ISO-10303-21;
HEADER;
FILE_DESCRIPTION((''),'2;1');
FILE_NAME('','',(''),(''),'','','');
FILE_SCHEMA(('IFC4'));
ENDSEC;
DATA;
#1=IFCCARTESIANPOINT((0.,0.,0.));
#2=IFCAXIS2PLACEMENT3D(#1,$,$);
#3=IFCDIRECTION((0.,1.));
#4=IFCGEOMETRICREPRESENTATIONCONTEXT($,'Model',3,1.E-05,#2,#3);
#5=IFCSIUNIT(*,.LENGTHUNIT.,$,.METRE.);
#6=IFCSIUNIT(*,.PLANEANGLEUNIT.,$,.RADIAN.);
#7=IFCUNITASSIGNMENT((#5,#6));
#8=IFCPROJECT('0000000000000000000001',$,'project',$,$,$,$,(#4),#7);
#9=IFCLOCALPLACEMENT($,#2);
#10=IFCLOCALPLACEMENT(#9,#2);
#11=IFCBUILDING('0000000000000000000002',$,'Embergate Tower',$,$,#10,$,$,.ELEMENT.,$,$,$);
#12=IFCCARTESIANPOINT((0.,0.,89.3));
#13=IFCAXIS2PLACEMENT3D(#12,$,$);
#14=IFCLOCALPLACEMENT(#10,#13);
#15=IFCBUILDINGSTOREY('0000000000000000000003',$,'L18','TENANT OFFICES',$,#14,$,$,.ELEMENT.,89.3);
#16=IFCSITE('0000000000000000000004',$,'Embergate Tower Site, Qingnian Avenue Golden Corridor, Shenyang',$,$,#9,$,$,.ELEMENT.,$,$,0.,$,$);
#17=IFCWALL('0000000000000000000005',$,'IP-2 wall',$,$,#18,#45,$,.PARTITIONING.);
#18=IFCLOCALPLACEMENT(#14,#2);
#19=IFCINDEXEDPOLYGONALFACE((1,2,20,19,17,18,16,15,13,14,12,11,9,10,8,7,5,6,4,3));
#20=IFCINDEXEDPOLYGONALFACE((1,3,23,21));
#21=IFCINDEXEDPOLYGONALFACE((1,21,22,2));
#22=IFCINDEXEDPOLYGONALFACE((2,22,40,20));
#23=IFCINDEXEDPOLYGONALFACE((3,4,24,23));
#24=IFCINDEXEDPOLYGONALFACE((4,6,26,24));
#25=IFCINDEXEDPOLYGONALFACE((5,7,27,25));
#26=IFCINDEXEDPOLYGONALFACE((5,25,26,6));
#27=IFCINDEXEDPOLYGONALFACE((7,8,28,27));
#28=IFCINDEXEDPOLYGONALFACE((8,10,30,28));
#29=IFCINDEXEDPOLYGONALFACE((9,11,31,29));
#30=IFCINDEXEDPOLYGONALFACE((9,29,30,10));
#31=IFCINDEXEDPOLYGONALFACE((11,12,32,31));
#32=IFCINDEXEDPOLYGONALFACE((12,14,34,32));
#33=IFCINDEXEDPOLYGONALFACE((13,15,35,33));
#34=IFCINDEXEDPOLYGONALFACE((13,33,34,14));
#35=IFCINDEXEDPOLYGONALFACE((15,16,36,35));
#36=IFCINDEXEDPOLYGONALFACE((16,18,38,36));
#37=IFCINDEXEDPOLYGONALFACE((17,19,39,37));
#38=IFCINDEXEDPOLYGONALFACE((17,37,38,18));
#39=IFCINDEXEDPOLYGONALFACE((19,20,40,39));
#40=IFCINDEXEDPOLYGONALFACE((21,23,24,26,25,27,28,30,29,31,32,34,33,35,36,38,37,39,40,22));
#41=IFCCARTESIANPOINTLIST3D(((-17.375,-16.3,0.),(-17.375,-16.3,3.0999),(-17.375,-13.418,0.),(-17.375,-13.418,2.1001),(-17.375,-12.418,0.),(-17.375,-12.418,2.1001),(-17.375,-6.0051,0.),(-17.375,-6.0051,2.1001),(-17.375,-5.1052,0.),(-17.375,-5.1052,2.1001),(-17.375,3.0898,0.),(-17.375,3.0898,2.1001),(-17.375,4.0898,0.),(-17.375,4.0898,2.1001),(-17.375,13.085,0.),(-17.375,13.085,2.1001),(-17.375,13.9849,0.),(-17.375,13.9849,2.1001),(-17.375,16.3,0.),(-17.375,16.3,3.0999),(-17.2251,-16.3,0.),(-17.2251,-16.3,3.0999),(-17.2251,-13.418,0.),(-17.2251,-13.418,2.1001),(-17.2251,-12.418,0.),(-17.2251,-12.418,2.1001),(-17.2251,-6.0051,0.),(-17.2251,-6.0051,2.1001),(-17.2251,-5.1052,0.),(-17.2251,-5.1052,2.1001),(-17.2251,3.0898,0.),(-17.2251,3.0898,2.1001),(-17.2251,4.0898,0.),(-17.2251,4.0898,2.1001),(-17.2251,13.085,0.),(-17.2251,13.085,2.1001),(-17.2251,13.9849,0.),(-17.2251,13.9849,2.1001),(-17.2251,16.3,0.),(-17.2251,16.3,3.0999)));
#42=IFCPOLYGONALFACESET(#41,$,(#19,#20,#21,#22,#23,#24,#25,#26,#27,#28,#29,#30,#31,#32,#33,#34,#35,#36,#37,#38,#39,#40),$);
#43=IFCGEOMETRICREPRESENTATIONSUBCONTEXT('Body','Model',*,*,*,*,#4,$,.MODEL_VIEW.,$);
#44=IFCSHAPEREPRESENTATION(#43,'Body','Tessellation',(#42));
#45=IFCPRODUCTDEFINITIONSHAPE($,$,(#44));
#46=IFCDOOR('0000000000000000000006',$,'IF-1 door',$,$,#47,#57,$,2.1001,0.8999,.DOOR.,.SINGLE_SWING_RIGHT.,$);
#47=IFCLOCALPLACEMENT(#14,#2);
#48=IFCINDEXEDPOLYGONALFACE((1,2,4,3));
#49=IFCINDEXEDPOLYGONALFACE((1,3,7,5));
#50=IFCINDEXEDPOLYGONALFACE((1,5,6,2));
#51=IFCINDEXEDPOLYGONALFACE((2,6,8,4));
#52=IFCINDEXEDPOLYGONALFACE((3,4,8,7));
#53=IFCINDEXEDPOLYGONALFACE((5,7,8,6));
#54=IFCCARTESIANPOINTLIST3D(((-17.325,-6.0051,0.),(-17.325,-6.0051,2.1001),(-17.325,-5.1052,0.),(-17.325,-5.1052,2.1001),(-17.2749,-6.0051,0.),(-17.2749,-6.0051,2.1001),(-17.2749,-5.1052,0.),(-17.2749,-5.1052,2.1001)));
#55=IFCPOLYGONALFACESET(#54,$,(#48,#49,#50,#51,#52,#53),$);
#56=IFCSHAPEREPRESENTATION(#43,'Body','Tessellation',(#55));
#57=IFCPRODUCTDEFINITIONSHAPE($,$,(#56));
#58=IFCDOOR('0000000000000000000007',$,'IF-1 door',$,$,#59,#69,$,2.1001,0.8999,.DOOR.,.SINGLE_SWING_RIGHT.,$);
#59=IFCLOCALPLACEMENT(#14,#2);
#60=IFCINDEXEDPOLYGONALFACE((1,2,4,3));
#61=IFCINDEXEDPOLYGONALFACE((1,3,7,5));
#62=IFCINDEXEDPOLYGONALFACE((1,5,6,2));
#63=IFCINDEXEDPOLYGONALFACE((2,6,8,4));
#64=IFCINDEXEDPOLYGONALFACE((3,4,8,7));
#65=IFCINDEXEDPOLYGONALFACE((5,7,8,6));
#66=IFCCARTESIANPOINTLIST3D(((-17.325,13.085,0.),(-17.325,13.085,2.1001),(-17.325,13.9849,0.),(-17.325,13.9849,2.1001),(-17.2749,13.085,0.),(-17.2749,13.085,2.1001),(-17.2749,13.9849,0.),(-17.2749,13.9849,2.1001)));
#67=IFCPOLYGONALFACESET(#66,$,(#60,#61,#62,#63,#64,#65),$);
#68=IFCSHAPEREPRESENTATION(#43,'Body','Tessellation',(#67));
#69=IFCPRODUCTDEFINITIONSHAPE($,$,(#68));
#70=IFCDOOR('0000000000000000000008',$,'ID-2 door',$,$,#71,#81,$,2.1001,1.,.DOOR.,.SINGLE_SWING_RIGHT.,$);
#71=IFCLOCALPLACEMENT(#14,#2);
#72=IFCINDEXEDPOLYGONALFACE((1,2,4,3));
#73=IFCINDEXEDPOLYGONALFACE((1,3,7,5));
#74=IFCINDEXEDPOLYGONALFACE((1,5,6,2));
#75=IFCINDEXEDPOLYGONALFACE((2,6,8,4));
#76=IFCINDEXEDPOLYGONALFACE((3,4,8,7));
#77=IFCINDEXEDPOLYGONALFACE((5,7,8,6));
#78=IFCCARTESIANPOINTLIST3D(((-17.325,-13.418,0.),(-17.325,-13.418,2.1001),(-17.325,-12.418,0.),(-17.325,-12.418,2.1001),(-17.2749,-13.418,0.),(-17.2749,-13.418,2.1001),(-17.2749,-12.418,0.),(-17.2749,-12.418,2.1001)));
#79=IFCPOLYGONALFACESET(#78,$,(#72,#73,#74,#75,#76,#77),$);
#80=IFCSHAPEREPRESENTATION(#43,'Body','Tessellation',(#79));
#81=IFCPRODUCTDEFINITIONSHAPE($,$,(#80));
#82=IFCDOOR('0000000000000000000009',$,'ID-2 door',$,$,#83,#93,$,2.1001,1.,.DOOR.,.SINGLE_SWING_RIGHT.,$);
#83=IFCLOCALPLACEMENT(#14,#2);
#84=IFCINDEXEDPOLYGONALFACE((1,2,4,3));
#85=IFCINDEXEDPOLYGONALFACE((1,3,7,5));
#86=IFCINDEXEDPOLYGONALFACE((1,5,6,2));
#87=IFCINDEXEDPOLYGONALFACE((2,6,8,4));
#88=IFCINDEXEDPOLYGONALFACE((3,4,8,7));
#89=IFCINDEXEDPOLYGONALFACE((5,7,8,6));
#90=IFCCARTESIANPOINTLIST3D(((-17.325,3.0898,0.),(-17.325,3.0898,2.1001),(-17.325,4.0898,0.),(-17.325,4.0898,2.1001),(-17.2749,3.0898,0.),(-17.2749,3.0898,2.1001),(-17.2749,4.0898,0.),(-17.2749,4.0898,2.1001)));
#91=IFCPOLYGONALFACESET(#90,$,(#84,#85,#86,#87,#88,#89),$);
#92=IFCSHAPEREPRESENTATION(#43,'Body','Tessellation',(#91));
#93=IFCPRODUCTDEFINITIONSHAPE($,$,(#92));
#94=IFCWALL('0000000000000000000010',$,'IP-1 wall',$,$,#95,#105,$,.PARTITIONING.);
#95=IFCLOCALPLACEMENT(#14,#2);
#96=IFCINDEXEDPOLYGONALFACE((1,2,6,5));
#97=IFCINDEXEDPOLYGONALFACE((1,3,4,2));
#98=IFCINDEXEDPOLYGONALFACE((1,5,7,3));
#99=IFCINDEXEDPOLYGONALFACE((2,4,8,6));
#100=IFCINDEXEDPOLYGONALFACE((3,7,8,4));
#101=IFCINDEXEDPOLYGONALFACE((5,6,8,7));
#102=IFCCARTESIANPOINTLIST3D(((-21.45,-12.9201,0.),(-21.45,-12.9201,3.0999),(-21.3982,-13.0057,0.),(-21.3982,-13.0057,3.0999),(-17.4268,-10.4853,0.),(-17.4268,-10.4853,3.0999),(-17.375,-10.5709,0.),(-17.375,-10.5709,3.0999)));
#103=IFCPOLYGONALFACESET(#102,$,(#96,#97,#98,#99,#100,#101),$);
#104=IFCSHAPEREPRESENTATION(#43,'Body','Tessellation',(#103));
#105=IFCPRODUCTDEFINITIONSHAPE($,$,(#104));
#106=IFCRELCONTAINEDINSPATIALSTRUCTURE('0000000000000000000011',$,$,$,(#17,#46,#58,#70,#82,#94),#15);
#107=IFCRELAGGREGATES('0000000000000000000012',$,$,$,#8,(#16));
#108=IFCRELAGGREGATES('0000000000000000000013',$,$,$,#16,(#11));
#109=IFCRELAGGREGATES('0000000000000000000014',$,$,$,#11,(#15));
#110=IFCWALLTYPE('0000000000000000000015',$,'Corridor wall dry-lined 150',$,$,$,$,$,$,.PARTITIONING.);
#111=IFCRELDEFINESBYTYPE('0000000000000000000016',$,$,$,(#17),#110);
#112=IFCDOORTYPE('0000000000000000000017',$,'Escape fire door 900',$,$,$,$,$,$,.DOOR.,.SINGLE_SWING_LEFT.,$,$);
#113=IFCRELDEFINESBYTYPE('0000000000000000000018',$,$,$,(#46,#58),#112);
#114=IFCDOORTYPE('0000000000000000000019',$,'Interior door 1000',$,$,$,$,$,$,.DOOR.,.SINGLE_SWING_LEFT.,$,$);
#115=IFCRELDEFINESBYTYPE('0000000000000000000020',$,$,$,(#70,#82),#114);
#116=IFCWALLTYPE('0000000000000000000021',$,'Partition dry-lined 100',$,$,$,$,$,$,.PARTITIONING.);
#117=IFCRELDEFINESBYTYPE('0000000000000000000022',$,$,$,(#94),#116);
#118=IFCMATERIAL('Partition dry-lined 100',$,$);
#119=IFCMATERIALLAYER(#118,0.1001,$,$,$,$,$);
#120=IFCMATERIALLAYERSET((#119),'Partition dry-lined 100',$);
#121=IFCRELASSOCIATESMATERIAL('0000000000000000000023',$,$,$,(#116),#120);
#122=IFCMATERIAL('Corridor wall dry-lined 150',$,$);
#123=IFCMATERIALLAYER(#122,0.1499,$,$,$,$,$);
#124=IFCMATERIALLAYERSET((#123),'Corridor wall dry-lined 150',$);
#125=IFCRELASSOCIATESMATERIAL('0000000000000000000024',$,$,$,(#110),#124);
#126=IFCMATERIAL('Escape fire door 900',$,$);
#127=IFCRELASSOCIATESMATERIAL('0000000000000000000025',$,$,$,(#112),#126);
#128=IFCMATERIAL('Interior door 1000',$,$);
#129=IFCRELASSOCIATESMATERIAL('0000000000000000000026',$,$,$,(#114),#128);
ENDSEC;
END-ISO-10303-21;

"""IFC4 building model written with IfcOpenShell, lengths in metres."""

from ifc_helpers import new_model, si_unit, direction, frame, frame_2d, origin, place, context, subcontext, project, spatial, rectangle, extrude, source, transform, mapped, material, layer, layer_set, type_object, element, fill, save


model = new_model("IFC4")

# Units and contexts
model_context = context("Model", 3, precision=1e-05, world=origin(), true_north=direction((0.0, 1.0)))
body_context = subcontext(model_context, "Body", "Model", "MODEL_VIEW")
ifc_project = project(units=[si_unit("LENGTHUNIT", "METRE"), si_unit("PLANEANGLEUNIT", "RADIAN")], contexts=[model_context])

# Site, building, storey
site_placement = place(None, origin())
site = spatial("IfcSite", under=ifc_project, at=site_placement, Name="Embergate Tower Site, Qingnian Avenue Golden Corridor, Shenyang", CompositionType="ELEMENT", RefElevation=0.0)
building_placement = place(site_placement, origin())
building = spatial("IfcBuilding", under=site, at=building_placement, Name="Embergate Tower", CompositionType="ELEMENT")
storey_placement = place(building_placement, frame((0.0, 0.0, 89.3)))
storey = spatial("IfcBuildingStorey", under=building, at=storey_placement, Name="L18", Description="TENANT OFFICES", CompositionType="ELEMENT", Elevation=89.3)

# Shared definitions
ifc_material_1 = material(Name="Partition dry-lined 100")
ifc_layer_1 = layer(ifc_material_1, 0.1001)
ifc_layer_set_1 = layer_set([ifc_layer_1], Name="Partition dry-lined 100")
wall_type_1 = type_object("IfcWallType", Name="Partition dry-lined 100", PredefinedType="PARTITIONING", material=ifc_layer_set_1)

# Wall, openings, doors
ifc_material_2 = material(Name="Corridor wall dry-lined 150")
ifc_layer_2 = layer(ifc_material_2, 0.1499)
ifc_layer_set_2 = layer_set([ifc_layer_2], Name="Corridor wall dry-lined 150")
wall_type_2 = type_object("IfcWallType", Name="Corridor wall dry-lined 150", PredefinedType="PARTITIONING", material=ifc_layer_set_2)
shared_shape_1 = source(origin(), body_context, "Body", "SweptSolid", [
    extrude(rectangle(XDim=32.6001, YDim=0.1499, at=frame_2d((16.3, 0.0))), origin(), (0.0, 0.0, 1.0), 3.0999),
])
wall_1_placement = place(storey_placement, frame((-17.3, -16.3, 0.0), z_axis=(0.0, 0.0, 1.0), x_axis=(0.0, 1.0, 0.0)))
wall_1 = element("IfcWall", 1, at=wall_1_placement, inside=storey, type_object=wall_type_2, Name="IP-2 wall", PredefinedType="PARTITIONING", context=body_context, shape_type="MappedRepresentation", body=[
    mapped(shared_shape_1, transform((0.0, 0.0, 0.0))),
])
shared_shape_2 = source(origin(), body_context, "Body", "SweptSolid", [
    extrude(rectangle(XDim=0.8999, YDim=2.1001, at=frame_2d((0.45, 1.05))), frame((0.0, 0.085, 0.0), z_axis=(0.0, -1.0, 0.0), x_axis=(1.0, 0.0, 0.0)), (0.0, 0.0, 1.0), 0.1699),
])
opening_1_placement = place(wall_1_placement, frame((10.2949, 0.0, 0.0)))
opening_1 = element("IfcOpeningElement", 2, at=opening_1_placement, cuts=wall_1, PredefinedType="OPENING", context=body_context, shape_type="MappedRepresentation", body=[
    mapped(shared_shape_2, transform((0.0, 0.0, 0.0))),
])
shared_shape_3 = source(origin(), body_context, "Body", "SweptSolid", [
    extrude(rectangle(XDim=1.0, YDim=2.1001, at=frame_2d((0.5, 1.05))), frame((0.0, 0.085, 0.0), z_axis=(0.0, -1.0, 0.0), x_axis=(1.0, 0.0, 0.0)), (0.0, 0.0, 1.0), 0.1699),
])
opening_2_placement = place(wall_1_placement, frame((2.8821, 0.0, 0.0)))
opening_2 = element("IfcOpeningElement", 3, at=opening_2_placement, cuts=wall_1, PredefinedType="OPENING", context=body_context, shape_type="MappedRepresentation", body=[
    mapped(shared_shape_3, transform((0.0, 0.0, 0.0))),
])
opening_3_placement = place(wall_1_placement, frame((29.385, 0.0, 0.0)))
opening_3 = element("IfcOpeningElement", 4, at=opening_3_placement, cuts=wall_1, PredefinedType="OPENING", context=body_context, shape_type="MappedRepresentation", body=[
    mapped(shared_shape_2, transform((0.0, 0.0, 0.0))),
])
opening_4_placement = place(wall_1_placement, frame((19.3899, 0.0, 0.0)))
opening_4 = element("IfcOpeningElement", 5, at=opening_4_placement, cuts=wall_1, PredefinedType="OPENING", context=body_context, shape_type="MappedRepresentation", body=[
    mapped(shared_shape_3, transform((0.0, 0.0, 0.0))),
])
ifc_material_3 = material(Name="Escape fire door 900")
door_type_1 = type_object("IfcDoorType", Name="Escape fire door 900", OperationType="SINGLE_SWING_LEFT", PredefinedType="DOOR", material=ifc_material_3)
shared_shape_4 = source(origin(), body_context, "Body", "SweptSolid", [
    extrude(rectangle(XDim=0.8999, YDim=2.1001, at=frame_2d((0.45, 1.05))), frame((0.0, 0.0249, 0.0), z_axis=(0.0, -1.0, 0.0), x_axis=(1.0, 0.0, 0.0)), (0.0, 0.0, 1.0), 0.05),
])
door_1_placement = place(opening_1_placement, origin())
door_1 = element("IfcDoor", 6, at=door_1_placement, inside=storey, type_object=door_type_1, Name="IF-1 door", OperationType="SINGLE_SWING_RIGHT", OverallHeight=2.1001, OverallWidth=0.8999, PredefinedType="DOOR", context=body_context, shape_type="MappedRepresentation", body=[
    mapped(shared_shape_4, transform((0.0, 0.0, 0.0))),
])
fill(opening_1, door_1)
door_2_placement = place(opening_3_placement, origin())
door_2 = element("IfcDoor", 7, at=door_2_placement, inside=storey, type_object=door_type_1, Name="IF-1 door", OperationType="SINGLE_SWING_RIGHT", OverallHeight=2.1001, OverallWidth=0.8999, PredefinedType="DOOR", context=body_context, shape_type="MappedRepresentation", body=[
    mapped(shared_shape_4, transform((0.0, 0.0, 0.0))),
])
fill(opening_3, door_2)
ifc_material_4 = material(Name="Interior door 1000")
door_type_2 = type_object("IfcDoorType", Name="Interior door 1000", OperationType="SINGLE_SWING_LEFT", PredefinedType="DOOR", material=ifc_material_4)
shared_shape_5 = source(origin(), body_context, "Body", "SweptSolid", [
    extrude(rectangle(XDim=1.0, YDim=2.1001, at=frame_2d((0.5, 1.05))), frame((0.0, 0.0249, 0.0), z_axis=(0.0, -1.0, 0.0), x_axis=(1.0, 0.0, 0.0)), (0.0, 0.0, 1.0), 0.05),
])
door_3_placement = place(opening_2_placement, origin())
door_3 = element("IfcDoor", 8, at=door_3_placement, inside=storey, type_object=door_type_2, Name="ID-2 door", OperationType="SINGLE_SWING_RIGHT", OverallHeight=2.1001, OverallWidth=1.0, PredefinedType="DOOR", context=body_context, shape_type="MappedRepresentation", body=[
    mapped(shared_shape_5, transform((0.0, 0.0, 0.0))),
])
fill(opening_2, door_3)
door_4_placement = place(opening_4_placement, origin())
door_4 = element("IfcDoor", 9, at=door_4_placement, inside=storey, type_object=door_type_2, Name="ID-2 door", OperationType="SINGLE_SWING_RIGHT", OverallHeight=2.1001, OverallWidth=1.0, PredefinedType="DOOR", context=body_context, shape_type="MappedRepresentation", body=[
    mapped(shared_shape_5, transform((0.0, 0.0, 0.0))),
])
fill(opening_4, door_4)

# Wall
shared_shape_6 = source(origin(), body_context, "Body", "SweptSolid", [
    extrude(rectangle(XDim=4.7026, YDim=0.1001, at=frame_2d((2.3513, 0.0))), origin(), (0.0, 0.0, 1.0), 3.0999),
])
wall_2_placement = place(storey_placement, frame((-17.4009, -10.5281, 0.0), z_axis=(0.0, 0.0, 1.0), x_axis=(-0.855526, -0.51776, 0.0)))
element("IfcWall", 10, at=wall_2_placement, inside=storey, type_object=wall_type_1, Name="IP-1 wall", PredefinedType="PARTITIONING", context=body_context, shape_type="MappedRepresentation", body=[
    mapped(shared_shape_6, transform((0.0, 0.0, 0.0))),
])

save(model, "model.ifc")
